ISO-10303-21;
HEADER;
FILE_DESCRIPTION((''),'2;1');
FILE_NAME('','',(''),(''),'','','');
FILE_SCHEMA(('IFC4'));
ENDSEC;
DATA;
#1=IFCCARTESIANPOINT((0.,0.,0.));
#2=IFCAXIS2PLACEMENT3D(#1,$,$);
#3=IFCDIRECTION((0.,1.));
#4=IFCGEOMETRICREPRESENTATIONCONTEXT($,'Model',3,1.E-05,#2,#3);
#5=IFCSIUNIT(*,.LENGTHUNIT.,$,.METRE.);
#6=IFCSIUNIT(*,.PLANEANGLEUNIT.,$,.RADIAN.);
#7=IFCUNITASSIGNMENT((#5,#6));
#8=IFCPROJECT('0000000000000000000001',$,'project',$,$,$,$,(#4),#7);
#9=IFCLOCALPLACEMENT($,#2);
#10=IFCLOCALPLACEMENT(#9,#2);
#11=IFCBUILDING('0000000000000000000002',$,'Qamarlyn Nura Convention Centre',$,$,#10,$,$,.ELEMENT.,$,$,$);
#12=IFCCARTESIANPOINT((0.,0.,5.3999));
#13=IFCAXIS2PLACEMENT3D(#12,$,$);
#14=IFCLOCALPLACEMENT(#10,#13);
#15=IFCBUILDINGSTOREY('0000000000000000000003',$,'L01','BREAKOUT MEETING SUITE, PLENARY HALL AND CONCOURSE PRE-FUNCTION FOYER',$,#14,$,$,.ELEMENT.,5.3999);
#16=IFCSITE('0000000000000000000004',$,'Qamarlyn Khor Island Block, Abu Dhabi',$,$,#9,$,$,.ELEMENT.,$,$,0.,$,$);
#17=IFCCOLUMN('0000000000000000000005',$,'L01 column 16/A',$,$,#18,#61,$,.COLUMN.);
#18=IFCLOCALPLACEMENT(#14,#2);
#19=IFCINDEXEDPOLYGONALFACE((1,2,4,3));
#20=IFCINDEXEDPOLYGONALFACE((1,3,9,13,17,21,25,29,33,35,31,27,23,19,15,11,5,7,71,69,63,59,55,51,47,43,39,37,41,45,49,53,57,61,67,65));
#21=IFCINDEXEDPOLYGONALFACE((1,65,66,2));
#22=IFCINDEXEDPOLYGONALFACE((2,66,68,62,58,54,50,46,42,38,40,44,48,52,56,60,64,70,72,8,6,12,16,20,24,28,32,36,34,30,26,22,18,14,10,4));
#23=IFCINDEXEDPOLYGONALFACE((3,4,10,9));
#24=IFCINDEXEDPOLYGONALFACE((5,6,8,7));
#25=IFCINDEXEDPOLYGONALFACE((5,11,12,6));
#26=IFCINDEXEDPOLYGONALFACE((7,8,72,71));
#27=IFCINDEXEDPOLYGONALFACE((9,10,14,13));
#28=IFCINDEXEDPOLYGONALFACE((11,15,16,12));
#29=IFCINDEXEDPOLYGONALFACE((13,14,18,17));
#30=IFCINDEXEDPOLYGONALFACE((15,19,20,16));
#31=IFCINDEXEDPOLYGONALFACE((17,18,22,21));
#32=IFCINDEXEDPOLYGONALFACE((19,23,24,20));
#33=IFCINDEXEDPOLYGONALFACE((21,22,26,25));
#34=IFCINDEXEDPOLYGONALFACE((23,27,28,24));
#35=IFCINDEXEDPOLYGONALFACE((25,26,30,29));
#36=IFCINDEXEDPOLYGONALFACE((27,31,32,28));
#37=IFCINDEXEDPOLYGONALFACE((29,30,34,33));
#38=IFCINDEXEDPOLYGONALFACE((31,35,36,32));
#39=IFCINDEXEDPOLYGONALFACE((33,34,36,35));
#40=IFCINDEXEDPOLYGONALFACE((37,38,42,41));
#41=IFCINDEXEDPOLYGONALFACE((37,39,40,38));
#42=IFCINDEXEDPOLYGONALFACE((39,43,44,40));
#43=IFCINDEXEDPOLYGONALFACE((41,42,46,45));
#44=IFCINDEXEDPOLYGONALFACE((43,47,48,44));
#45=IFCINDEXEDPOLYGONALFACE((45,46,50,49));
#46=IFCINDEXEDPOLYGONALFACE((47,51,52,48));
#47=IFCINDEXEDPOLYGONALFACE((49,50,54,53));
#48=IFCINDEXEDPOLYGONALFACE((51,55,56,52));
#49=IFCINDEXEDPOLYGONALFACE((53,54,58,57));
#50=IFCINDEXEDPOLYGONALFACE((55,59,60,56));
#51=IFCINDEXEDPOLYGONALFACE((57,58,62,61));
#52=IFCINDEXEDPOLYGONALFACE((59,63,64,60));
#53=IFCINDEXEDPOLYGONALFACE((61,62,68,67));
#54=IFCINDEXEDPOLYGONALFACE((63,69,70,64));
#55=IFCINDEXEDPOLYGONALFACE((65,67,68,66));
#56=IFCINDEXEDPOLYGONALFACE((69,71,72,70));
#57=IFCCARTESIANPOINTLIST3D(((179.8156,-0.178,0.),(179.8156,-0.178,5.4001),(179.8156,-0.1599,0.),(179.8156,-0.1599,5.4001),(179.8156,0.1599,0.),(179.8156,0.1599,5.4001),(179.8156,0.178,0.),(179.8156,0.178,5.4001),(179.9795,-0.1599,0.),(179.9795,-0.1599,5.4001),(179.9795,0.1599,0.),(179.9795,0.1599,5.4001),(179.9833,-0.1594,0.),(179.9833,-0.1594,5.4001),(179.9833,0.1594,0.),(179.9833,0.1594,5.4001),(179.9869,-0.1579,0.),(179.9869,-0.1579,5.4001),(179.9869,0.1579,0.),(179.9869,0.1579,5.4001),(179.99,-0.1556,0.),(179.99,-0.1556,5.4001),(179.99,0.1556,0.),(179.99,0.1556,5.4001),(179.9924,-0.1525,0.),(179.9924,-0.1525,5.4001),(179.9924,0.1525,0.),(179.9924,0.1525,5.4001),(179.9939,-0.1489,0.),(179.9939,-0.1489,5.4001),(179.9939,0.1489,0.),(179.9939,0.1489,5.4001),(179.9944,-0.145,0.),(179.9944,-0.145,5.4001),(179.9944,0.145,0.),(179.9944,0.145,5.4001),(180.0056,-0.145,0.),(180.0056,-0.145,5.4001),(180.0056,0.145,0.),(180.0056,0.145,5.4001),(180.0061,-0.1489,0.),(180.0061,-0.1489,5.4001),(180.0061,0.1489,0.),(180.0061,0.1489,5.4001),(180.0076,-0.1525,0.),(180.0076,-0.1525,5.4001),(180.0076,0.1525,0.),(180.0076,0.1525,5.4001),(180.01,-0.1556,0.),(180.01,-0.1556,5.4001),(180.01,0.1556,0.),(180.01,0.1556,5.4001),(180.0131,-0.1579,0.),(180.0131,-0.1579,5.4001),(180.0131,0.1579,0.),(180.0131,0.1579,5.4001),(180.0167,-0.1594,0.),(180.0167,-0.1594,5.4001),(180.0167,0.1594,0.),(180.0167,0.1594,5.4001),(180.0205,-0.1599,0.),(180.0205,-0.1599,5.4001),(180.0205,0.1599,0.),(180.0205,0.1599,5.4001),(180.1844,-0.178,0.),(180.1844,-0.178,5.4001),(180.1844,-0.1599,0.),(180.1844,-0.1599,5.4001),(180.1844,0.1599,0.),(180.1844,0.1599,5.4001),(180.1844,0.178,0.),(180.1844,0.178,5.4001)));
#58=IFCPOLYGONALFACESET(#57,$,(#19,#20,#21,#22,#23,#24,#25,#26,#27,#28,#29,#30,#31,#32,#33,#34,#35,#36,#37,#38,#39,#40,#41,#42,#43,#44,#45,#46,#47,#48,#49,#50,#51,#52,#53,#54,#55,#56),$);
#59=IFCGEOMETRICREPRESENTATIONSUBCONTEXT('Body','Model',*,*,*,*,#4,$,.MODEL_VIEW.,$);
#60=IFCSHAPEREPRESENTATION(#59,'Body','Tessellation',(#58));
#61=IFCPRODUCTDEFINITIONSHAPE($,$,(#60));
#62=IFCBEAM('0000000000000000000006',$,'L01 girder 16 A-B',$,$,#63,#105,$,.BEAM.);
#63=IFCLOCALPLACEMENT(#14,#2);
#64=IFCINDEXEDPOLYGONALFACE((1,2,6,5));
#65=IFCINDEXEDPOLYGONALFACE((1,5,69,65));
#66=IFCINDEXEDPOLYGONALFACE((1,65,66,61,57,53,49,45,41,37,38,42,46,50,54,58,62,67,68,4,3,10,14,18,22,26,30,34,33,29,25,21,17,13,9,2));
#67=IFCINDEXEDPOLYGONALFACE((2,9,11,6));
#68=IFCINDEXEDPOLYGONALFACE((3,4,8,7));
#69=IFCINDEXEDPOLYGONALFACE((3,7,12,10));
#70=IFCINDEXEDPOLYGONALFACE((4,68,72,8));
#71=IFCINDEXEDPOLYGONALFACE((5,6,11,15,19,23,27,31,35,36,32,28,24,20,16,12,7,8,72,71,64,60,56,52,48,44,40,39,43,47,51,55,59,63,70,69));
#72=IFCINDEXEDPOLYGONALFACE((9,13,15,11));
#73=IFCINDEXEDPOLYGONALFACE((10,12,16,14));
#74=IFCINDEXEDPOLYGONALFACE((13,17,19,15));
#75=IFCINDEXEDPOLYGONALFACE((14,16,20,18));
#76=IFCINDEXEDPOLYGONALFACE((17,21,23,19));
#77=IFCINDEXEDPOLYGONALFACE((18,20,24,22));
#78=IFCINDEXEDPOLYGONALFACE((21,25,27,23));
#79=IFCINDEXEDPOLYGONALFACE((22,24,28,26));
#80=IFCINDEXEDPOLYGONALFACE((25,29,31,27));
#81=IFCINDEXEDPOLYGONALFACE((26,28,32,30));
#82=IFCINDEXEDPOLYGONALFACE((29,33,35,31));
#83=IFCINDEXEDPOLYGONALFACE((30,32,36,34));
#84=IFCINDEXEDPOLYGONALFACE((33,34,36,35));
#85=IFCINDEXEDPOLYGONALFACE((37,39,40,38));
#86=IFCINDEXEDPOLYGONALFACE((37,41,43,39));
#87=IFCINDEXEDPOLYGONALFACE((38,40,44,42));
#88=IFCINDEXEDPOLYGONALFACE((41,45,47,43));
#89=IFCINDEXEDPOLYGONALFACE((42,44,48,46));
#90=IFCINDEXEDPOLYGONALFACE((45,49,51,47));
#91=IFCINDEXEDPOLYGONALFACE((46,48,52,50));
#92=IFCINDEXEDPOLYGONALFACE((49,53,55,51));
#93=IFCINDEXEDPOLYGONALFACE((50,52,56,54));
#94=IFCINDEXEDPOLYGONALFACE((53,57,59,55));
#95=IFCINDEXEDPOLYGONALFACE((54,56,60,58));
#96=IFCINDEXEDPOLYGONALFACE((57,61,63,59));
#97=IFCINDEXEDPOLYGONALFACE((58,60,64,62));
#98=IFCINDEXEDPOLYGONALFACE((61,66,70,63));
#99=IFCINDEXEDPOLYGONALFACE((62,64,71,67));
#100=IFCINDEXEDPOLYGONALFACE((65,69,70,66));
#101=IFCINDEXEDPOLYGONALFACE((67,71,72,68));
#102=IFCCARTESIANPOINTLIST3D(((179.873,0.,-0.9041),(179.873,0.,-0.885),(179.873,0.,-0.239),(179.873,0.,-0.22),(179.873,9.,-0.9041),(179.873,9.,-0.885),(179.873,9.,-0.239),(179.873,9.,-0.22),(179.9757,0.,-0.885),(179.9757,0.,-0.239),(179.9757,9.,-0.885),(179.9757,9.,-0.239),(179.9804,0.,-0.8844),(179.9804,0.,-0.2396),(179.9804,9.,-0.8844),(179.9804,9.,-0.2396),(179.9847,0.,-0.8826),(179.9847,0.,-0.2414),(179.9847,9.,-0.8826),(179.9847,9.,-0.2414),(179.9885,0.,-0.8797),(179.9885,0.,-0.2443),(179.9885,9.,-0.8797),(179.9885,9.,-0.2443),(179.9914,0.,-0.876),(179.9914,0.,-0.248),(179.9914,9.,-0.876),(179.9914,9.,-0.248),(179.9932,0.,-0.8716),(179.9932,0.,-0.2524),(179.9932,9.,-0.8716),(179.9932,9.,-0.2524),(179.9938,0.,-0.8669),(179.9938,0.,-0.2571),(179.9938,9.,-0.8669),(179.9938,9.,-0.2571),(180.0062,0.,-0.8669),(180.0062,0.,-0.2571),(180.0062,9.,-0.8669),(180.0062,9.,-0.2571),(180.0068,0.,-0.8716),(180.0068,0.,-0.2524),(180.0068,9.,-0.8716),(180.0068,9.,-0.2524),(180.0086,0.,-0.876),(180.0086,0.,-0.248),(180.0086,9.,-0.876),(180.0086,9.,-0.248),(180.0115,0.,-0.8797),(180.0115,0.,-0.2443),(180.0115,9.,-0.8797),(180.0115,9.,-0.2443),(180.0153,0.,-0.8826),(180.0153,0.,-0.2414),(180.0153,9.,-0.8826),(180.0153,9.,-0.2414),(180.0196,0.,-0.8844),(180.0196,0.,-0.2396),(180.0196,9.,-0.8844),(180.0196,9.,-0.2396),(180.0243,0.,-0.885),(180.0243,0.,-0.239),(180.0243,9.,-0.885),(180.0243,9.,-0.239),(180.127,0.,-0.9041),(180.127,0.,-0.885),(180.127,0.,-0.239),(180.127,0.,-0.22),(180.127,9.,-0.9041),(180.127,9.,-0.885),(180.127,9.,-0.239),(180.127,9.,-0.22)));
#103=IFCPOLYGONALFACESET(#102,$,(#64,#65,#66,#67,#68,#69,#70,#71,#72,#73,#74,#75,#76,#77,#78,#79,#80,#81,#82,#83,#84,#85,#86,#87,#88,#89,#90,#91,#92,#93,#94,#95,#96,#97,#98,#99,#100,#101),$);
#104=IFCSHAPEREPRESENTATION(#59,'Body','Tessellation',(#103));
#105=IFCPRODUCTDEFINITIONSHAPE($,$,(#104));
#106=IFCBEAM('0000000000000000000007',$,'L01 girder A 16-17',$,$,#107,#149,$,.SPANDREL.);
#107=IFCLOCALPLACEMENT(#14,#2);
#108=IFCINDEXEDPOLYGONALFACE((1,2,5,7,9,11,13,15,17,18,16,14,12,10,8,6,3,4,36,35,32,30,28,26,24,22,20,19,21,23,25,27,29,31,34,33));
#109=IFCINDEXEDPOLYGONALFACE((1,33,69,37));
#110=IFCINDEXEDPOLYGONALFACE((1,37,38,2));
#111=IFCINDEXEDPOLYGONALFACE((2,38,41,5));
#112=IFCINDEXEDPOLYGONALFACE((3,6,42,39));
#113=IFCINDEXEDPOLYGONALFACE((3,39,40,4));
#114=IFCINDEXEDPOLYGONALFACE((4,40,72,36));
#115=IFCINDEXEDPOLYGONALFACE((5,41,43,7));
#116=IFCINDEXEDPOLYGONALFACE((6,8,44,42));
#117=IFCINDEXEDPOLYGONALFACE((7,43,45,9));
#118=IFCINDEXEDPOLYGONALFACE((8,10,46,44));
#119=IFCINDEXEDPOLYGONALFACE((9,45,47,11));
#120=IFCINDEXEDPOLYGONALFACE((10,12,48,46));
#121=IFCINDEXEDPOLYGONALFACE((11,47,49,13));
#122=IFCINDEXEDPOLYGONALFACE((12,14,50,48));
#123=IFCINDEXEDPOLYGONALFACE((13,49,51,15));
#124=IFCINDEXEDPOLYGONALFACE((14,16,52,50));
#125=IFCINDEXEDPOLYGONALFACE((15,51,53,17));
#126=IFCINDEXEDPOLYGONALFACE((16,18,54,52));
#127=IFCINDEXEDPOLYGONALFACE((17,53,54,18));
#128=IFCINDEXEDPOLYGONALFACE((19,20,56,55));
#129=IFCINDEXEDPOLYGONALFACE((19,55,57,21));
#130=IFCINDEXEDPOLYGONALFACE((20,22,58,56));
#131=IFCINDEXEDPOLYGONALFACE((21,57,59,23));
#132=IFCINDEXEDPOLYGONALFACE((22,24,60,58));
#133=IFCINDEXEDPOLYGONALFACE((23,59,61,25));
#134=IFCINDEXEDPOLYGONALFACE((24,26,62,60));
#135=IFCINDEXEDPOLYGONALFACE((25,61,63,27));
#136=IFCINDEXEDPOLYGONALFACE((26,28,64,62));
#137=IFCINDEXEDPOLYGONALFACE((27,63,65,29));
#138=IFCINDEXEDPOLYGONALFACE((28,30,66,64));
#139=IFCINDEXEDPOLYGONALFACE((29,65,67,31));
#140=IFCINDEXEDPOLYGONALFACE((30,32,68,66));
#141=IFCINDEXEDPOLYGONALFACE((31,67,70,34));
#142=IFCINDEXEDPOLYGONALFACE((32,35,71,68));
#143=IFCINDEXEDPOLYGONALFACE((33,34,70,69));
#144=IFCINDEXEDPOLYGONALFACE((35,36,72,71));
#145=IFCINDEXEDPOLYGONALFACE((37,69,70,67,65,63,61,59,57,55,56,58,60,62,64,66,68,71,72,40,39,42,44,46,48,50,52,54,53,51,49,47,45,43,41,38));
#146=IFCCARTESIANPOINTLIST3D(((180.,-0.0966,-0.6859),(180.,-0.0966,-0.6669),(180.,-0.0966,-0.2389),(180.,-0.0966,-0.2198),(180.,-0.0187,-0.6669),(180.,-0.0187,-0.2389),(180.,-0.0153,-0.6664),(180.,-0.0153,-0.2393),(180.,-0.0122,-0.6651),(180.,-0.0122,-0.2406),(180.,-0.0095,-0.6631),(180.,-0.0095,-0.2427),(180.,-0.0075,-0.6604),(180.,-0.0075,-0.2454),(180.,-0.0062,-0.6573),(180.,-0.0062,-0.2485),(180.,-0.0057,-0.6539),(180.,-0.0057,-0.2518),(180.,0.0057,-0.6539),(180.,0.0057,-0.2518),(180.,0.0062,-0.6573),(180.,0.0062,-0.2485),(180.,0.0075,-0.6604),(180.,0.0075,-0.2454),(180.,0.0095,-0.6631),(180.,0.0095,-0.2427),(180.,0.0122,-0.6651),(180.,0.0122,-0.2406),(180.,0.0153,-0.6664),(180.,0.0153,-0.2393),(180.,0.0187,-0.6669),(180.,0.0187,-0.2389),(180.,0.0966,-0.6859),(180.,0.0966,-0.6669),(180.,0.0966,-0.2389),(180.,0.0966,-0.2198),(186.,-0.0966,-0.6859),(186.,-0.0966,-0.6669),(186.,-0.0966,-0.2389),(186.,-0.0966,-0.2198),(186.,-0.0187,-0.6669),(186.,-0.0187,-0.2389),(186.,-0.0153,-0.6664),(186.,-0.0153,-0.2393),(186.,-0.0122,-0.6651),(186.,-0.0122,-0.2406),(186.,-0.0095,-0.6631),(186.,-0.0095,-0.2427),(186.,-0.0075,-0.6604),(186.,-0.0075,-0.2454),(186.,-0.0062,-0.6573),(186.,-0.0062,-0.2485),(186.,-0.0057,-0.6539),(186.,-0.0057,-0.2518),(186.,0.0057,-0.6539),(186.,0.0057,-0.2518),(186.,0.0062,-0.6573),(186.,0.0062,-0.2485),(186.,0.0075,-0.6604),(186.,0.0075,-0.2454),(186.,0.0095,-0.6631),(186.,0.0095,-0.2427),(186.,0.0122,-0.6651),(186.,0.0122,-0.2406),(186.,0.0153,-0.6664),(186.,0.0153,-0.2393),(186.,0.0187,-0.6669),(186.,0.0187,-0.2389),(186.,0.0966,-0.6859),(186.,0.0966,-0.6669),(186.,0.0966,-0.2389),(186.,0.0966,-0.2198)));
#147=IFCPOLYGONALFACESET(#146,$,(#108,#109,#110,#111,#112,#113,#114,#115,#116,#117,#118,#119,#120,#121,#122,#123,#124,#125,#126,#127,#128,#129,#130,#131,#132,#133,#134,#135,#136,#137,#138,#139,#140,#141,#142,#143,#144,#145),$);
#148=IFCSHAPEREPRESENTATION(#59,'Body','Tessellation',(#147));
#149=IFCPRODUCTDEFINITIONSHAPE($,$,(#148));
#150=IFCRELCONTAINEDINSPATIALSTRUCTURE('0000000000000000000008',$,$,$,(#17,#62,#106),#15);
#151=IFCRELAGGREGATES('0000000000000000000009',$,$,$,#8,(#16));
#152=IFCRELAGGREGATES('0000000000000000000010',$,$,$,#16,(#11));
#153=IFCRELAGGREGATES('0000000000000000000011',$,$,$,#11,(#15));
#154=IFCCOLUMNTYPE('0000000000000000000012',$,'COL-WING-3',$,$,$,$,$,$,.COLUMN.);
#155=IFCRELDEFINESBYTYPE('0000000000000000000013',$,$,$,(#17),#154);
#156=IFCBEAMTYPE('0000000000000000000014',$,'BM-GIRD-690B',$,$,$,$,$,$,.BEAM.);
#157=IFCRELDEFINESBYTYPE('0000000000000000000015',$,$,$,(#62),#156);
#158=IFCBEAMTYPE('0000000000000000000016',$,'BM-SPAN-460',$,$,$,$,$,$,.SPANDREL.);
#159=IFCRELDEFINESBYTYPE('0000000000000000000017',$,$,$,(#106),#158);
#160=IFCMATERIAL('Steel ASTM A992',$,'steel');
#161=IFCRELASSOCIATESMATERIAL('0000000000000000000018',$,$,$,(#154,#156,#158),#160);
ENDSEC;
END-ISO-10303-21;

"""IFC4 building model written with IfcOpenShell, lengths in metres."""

from ifc_helpers import new_model, si_unit, direction, frame, origin, origin_2d, place, context, subcontext, project, spatial, i_section, extrude, material, material_profile, profile_set, type_object, element, save


model = new_model("IFC4")

# Units and contexts
model_context = context("Model", 3, precision=1e-05, world=origin(), true_north=direction((0.0, 1.0)))
body_context = subcontext(model_context, "Body", "Model", "MODEL_VIEW")
ifc_project = project(units=[si_unit("LENGTHUNIT", "METRE"), si_unit("PLANEANGLEUNIT", "RADIAN")], contexts=[model_context])

# Site, building, storey
site_placement = place(None, origin())
site = spatial("IfcSite", under=ifc_project, at=site_placement, Name="Qamarlyn Khor Island Block, Abu Dhabi", CompositionType="ELEMENT", RefElevation=0.0)
building_placement = place(site_placement, origin())
building = spatial("IfcBuilding", under=site, at=building_placement, Name="Qamarlyn Nura Convention Centre", CompositionType="ELEMENT")
storey_placement = place(building_placement, frame((0.0, 0.0, 5.3999)))
storey = spatial("IfcBuildingStorey", under=building, at=storey_placement, Name="L01", Description="BREAKOUT MEETING SUITE, PLENARY HALL AND CONCOURSE PRE-FUNCTION FOYER", CompositionType="ELEMENT", Elevation=5.3999)

# Column
ifc_material_1 = material(Name="Steel ASTM A992", Category="steel")
ifc_material_profile_1 = material_profile(ifc_material_1, i_section(OverallWidth=0.3689, OverallDepth=0.356, WebThickness=0.0112, FlangeThickness=0.0181, FilletRadius=0.0149, at=origin_2d()), Name="W360X134")
ifc_profile_set_1 = profile_set([ifc_material_profile_1], Name="Steel ASTM A992")
column_type = type_object("IfcColumnType", Name="COL-WING-3", PredefinedType="COLUMN", material=ifc_profile_set_1)
column_placement = place(storey_placement, frame((180.0, 0.0, 0.0), z_axis=(0.0, 0.0, 1.0), x_axis=(1.0, 0.0, 0.0)))
element("IfcColumn", 1, at=column_placement, inside=storey, type_object=column_type, Name="L01 column 16/A", PredefinedType="COLUMN", context=body_context, shape_type="SweptSolid", body=[
    extrude(i_section(OverallWidth=0.3689, OverallDepth=0.356, WebThickness=0.0112, FlangeThickness=0.0181, FilletRadius=0.0149, at=origin_2d()), origin(), (0.0, 0.0, 1.0), 5.4001),
])

# Beams
ifc_material_profile_2 = material_profile(ifc_material_1, i_section(OverallWidth=0.2539, OverallDepth=0.6841, WebThickness=0.0125, FlangeThickness=0.019, FilletRadius=0.0181, at=origin_2d()), Name="W690X140")
ifc_profile_set_2 = profile_set([ifc_material_profile_2], Name="Steel ASTM A992")
beam_type_1 = type_object("IfcBeamType", Name="BM-GIRD-690B", PredefinedType="BEAM", material=ifc_profile_set_2)
beam_1_placement = place(storey_placement, frame((180.0, 0.0, -0.562), z_axis=(0.0, 1.0, 0.0), x_axis=(-1.0, 0.0, 0.0)))
element("IfcBeam", 2, at=beam_1_placement, inside=storey, type_object=beam_type_1, Name="L01 girder 16 A-B", PredefinedType="BEAM", context=body_context, shape_type="SweptSolid", body=[
    extrude(i_section(OverallWidth=0.2539, OverallDepth=0.6841, WebThickness=0.0125, FlangeThickness=0.019, FilletRadius=0.0181, at=origin_2d()), origin(), (0.0, 0.0, 1.0), 9.0),
])
ifc_material_profile_3 = material_profile(ifc_material_1, i_section(OverallWidth=0.1931, OverallDepth=0.4661, WebThickness=0.0115, FlangeThickness=0.019, FilletRadius=0.0129, at=origin_2d()), Name="W460X97")
ifc_profile_set_3 = profile_set([ifc_material_profile_3], Name="Steel ASTM A992")
beam_type_2 = type_object("IfcBeamType", Name="BM-SPAN-460", PredefinedType="SPANDREL", material=ifc_profile_set_3)
beam_2_placement = place(storey_placement, frame((180.0, 0.0, -0.4529), z_axis=(1.0, 0.0, 0.0), x_axis=(0.0, 1.0, 0.0)))
element("IfcBeam", 3, at=beam_2_placement, inside=storey, type_object=beam_type_2, Name="L01 girder A 16-17", PredefinedType="SPANDREL", context=body_context, shape_type="SweptSolid", body=[
    extrude(i_section(OverallWidth=0.1931, OverallDepth=0.4661, WebThickness=0.0115, FlangeThickness=0.019, FilletRadius=0.0129, at=origin_2d()), origin(), (0.0, 0.0, 1.0), 6.0),
])

save(model, "model.ifc")
